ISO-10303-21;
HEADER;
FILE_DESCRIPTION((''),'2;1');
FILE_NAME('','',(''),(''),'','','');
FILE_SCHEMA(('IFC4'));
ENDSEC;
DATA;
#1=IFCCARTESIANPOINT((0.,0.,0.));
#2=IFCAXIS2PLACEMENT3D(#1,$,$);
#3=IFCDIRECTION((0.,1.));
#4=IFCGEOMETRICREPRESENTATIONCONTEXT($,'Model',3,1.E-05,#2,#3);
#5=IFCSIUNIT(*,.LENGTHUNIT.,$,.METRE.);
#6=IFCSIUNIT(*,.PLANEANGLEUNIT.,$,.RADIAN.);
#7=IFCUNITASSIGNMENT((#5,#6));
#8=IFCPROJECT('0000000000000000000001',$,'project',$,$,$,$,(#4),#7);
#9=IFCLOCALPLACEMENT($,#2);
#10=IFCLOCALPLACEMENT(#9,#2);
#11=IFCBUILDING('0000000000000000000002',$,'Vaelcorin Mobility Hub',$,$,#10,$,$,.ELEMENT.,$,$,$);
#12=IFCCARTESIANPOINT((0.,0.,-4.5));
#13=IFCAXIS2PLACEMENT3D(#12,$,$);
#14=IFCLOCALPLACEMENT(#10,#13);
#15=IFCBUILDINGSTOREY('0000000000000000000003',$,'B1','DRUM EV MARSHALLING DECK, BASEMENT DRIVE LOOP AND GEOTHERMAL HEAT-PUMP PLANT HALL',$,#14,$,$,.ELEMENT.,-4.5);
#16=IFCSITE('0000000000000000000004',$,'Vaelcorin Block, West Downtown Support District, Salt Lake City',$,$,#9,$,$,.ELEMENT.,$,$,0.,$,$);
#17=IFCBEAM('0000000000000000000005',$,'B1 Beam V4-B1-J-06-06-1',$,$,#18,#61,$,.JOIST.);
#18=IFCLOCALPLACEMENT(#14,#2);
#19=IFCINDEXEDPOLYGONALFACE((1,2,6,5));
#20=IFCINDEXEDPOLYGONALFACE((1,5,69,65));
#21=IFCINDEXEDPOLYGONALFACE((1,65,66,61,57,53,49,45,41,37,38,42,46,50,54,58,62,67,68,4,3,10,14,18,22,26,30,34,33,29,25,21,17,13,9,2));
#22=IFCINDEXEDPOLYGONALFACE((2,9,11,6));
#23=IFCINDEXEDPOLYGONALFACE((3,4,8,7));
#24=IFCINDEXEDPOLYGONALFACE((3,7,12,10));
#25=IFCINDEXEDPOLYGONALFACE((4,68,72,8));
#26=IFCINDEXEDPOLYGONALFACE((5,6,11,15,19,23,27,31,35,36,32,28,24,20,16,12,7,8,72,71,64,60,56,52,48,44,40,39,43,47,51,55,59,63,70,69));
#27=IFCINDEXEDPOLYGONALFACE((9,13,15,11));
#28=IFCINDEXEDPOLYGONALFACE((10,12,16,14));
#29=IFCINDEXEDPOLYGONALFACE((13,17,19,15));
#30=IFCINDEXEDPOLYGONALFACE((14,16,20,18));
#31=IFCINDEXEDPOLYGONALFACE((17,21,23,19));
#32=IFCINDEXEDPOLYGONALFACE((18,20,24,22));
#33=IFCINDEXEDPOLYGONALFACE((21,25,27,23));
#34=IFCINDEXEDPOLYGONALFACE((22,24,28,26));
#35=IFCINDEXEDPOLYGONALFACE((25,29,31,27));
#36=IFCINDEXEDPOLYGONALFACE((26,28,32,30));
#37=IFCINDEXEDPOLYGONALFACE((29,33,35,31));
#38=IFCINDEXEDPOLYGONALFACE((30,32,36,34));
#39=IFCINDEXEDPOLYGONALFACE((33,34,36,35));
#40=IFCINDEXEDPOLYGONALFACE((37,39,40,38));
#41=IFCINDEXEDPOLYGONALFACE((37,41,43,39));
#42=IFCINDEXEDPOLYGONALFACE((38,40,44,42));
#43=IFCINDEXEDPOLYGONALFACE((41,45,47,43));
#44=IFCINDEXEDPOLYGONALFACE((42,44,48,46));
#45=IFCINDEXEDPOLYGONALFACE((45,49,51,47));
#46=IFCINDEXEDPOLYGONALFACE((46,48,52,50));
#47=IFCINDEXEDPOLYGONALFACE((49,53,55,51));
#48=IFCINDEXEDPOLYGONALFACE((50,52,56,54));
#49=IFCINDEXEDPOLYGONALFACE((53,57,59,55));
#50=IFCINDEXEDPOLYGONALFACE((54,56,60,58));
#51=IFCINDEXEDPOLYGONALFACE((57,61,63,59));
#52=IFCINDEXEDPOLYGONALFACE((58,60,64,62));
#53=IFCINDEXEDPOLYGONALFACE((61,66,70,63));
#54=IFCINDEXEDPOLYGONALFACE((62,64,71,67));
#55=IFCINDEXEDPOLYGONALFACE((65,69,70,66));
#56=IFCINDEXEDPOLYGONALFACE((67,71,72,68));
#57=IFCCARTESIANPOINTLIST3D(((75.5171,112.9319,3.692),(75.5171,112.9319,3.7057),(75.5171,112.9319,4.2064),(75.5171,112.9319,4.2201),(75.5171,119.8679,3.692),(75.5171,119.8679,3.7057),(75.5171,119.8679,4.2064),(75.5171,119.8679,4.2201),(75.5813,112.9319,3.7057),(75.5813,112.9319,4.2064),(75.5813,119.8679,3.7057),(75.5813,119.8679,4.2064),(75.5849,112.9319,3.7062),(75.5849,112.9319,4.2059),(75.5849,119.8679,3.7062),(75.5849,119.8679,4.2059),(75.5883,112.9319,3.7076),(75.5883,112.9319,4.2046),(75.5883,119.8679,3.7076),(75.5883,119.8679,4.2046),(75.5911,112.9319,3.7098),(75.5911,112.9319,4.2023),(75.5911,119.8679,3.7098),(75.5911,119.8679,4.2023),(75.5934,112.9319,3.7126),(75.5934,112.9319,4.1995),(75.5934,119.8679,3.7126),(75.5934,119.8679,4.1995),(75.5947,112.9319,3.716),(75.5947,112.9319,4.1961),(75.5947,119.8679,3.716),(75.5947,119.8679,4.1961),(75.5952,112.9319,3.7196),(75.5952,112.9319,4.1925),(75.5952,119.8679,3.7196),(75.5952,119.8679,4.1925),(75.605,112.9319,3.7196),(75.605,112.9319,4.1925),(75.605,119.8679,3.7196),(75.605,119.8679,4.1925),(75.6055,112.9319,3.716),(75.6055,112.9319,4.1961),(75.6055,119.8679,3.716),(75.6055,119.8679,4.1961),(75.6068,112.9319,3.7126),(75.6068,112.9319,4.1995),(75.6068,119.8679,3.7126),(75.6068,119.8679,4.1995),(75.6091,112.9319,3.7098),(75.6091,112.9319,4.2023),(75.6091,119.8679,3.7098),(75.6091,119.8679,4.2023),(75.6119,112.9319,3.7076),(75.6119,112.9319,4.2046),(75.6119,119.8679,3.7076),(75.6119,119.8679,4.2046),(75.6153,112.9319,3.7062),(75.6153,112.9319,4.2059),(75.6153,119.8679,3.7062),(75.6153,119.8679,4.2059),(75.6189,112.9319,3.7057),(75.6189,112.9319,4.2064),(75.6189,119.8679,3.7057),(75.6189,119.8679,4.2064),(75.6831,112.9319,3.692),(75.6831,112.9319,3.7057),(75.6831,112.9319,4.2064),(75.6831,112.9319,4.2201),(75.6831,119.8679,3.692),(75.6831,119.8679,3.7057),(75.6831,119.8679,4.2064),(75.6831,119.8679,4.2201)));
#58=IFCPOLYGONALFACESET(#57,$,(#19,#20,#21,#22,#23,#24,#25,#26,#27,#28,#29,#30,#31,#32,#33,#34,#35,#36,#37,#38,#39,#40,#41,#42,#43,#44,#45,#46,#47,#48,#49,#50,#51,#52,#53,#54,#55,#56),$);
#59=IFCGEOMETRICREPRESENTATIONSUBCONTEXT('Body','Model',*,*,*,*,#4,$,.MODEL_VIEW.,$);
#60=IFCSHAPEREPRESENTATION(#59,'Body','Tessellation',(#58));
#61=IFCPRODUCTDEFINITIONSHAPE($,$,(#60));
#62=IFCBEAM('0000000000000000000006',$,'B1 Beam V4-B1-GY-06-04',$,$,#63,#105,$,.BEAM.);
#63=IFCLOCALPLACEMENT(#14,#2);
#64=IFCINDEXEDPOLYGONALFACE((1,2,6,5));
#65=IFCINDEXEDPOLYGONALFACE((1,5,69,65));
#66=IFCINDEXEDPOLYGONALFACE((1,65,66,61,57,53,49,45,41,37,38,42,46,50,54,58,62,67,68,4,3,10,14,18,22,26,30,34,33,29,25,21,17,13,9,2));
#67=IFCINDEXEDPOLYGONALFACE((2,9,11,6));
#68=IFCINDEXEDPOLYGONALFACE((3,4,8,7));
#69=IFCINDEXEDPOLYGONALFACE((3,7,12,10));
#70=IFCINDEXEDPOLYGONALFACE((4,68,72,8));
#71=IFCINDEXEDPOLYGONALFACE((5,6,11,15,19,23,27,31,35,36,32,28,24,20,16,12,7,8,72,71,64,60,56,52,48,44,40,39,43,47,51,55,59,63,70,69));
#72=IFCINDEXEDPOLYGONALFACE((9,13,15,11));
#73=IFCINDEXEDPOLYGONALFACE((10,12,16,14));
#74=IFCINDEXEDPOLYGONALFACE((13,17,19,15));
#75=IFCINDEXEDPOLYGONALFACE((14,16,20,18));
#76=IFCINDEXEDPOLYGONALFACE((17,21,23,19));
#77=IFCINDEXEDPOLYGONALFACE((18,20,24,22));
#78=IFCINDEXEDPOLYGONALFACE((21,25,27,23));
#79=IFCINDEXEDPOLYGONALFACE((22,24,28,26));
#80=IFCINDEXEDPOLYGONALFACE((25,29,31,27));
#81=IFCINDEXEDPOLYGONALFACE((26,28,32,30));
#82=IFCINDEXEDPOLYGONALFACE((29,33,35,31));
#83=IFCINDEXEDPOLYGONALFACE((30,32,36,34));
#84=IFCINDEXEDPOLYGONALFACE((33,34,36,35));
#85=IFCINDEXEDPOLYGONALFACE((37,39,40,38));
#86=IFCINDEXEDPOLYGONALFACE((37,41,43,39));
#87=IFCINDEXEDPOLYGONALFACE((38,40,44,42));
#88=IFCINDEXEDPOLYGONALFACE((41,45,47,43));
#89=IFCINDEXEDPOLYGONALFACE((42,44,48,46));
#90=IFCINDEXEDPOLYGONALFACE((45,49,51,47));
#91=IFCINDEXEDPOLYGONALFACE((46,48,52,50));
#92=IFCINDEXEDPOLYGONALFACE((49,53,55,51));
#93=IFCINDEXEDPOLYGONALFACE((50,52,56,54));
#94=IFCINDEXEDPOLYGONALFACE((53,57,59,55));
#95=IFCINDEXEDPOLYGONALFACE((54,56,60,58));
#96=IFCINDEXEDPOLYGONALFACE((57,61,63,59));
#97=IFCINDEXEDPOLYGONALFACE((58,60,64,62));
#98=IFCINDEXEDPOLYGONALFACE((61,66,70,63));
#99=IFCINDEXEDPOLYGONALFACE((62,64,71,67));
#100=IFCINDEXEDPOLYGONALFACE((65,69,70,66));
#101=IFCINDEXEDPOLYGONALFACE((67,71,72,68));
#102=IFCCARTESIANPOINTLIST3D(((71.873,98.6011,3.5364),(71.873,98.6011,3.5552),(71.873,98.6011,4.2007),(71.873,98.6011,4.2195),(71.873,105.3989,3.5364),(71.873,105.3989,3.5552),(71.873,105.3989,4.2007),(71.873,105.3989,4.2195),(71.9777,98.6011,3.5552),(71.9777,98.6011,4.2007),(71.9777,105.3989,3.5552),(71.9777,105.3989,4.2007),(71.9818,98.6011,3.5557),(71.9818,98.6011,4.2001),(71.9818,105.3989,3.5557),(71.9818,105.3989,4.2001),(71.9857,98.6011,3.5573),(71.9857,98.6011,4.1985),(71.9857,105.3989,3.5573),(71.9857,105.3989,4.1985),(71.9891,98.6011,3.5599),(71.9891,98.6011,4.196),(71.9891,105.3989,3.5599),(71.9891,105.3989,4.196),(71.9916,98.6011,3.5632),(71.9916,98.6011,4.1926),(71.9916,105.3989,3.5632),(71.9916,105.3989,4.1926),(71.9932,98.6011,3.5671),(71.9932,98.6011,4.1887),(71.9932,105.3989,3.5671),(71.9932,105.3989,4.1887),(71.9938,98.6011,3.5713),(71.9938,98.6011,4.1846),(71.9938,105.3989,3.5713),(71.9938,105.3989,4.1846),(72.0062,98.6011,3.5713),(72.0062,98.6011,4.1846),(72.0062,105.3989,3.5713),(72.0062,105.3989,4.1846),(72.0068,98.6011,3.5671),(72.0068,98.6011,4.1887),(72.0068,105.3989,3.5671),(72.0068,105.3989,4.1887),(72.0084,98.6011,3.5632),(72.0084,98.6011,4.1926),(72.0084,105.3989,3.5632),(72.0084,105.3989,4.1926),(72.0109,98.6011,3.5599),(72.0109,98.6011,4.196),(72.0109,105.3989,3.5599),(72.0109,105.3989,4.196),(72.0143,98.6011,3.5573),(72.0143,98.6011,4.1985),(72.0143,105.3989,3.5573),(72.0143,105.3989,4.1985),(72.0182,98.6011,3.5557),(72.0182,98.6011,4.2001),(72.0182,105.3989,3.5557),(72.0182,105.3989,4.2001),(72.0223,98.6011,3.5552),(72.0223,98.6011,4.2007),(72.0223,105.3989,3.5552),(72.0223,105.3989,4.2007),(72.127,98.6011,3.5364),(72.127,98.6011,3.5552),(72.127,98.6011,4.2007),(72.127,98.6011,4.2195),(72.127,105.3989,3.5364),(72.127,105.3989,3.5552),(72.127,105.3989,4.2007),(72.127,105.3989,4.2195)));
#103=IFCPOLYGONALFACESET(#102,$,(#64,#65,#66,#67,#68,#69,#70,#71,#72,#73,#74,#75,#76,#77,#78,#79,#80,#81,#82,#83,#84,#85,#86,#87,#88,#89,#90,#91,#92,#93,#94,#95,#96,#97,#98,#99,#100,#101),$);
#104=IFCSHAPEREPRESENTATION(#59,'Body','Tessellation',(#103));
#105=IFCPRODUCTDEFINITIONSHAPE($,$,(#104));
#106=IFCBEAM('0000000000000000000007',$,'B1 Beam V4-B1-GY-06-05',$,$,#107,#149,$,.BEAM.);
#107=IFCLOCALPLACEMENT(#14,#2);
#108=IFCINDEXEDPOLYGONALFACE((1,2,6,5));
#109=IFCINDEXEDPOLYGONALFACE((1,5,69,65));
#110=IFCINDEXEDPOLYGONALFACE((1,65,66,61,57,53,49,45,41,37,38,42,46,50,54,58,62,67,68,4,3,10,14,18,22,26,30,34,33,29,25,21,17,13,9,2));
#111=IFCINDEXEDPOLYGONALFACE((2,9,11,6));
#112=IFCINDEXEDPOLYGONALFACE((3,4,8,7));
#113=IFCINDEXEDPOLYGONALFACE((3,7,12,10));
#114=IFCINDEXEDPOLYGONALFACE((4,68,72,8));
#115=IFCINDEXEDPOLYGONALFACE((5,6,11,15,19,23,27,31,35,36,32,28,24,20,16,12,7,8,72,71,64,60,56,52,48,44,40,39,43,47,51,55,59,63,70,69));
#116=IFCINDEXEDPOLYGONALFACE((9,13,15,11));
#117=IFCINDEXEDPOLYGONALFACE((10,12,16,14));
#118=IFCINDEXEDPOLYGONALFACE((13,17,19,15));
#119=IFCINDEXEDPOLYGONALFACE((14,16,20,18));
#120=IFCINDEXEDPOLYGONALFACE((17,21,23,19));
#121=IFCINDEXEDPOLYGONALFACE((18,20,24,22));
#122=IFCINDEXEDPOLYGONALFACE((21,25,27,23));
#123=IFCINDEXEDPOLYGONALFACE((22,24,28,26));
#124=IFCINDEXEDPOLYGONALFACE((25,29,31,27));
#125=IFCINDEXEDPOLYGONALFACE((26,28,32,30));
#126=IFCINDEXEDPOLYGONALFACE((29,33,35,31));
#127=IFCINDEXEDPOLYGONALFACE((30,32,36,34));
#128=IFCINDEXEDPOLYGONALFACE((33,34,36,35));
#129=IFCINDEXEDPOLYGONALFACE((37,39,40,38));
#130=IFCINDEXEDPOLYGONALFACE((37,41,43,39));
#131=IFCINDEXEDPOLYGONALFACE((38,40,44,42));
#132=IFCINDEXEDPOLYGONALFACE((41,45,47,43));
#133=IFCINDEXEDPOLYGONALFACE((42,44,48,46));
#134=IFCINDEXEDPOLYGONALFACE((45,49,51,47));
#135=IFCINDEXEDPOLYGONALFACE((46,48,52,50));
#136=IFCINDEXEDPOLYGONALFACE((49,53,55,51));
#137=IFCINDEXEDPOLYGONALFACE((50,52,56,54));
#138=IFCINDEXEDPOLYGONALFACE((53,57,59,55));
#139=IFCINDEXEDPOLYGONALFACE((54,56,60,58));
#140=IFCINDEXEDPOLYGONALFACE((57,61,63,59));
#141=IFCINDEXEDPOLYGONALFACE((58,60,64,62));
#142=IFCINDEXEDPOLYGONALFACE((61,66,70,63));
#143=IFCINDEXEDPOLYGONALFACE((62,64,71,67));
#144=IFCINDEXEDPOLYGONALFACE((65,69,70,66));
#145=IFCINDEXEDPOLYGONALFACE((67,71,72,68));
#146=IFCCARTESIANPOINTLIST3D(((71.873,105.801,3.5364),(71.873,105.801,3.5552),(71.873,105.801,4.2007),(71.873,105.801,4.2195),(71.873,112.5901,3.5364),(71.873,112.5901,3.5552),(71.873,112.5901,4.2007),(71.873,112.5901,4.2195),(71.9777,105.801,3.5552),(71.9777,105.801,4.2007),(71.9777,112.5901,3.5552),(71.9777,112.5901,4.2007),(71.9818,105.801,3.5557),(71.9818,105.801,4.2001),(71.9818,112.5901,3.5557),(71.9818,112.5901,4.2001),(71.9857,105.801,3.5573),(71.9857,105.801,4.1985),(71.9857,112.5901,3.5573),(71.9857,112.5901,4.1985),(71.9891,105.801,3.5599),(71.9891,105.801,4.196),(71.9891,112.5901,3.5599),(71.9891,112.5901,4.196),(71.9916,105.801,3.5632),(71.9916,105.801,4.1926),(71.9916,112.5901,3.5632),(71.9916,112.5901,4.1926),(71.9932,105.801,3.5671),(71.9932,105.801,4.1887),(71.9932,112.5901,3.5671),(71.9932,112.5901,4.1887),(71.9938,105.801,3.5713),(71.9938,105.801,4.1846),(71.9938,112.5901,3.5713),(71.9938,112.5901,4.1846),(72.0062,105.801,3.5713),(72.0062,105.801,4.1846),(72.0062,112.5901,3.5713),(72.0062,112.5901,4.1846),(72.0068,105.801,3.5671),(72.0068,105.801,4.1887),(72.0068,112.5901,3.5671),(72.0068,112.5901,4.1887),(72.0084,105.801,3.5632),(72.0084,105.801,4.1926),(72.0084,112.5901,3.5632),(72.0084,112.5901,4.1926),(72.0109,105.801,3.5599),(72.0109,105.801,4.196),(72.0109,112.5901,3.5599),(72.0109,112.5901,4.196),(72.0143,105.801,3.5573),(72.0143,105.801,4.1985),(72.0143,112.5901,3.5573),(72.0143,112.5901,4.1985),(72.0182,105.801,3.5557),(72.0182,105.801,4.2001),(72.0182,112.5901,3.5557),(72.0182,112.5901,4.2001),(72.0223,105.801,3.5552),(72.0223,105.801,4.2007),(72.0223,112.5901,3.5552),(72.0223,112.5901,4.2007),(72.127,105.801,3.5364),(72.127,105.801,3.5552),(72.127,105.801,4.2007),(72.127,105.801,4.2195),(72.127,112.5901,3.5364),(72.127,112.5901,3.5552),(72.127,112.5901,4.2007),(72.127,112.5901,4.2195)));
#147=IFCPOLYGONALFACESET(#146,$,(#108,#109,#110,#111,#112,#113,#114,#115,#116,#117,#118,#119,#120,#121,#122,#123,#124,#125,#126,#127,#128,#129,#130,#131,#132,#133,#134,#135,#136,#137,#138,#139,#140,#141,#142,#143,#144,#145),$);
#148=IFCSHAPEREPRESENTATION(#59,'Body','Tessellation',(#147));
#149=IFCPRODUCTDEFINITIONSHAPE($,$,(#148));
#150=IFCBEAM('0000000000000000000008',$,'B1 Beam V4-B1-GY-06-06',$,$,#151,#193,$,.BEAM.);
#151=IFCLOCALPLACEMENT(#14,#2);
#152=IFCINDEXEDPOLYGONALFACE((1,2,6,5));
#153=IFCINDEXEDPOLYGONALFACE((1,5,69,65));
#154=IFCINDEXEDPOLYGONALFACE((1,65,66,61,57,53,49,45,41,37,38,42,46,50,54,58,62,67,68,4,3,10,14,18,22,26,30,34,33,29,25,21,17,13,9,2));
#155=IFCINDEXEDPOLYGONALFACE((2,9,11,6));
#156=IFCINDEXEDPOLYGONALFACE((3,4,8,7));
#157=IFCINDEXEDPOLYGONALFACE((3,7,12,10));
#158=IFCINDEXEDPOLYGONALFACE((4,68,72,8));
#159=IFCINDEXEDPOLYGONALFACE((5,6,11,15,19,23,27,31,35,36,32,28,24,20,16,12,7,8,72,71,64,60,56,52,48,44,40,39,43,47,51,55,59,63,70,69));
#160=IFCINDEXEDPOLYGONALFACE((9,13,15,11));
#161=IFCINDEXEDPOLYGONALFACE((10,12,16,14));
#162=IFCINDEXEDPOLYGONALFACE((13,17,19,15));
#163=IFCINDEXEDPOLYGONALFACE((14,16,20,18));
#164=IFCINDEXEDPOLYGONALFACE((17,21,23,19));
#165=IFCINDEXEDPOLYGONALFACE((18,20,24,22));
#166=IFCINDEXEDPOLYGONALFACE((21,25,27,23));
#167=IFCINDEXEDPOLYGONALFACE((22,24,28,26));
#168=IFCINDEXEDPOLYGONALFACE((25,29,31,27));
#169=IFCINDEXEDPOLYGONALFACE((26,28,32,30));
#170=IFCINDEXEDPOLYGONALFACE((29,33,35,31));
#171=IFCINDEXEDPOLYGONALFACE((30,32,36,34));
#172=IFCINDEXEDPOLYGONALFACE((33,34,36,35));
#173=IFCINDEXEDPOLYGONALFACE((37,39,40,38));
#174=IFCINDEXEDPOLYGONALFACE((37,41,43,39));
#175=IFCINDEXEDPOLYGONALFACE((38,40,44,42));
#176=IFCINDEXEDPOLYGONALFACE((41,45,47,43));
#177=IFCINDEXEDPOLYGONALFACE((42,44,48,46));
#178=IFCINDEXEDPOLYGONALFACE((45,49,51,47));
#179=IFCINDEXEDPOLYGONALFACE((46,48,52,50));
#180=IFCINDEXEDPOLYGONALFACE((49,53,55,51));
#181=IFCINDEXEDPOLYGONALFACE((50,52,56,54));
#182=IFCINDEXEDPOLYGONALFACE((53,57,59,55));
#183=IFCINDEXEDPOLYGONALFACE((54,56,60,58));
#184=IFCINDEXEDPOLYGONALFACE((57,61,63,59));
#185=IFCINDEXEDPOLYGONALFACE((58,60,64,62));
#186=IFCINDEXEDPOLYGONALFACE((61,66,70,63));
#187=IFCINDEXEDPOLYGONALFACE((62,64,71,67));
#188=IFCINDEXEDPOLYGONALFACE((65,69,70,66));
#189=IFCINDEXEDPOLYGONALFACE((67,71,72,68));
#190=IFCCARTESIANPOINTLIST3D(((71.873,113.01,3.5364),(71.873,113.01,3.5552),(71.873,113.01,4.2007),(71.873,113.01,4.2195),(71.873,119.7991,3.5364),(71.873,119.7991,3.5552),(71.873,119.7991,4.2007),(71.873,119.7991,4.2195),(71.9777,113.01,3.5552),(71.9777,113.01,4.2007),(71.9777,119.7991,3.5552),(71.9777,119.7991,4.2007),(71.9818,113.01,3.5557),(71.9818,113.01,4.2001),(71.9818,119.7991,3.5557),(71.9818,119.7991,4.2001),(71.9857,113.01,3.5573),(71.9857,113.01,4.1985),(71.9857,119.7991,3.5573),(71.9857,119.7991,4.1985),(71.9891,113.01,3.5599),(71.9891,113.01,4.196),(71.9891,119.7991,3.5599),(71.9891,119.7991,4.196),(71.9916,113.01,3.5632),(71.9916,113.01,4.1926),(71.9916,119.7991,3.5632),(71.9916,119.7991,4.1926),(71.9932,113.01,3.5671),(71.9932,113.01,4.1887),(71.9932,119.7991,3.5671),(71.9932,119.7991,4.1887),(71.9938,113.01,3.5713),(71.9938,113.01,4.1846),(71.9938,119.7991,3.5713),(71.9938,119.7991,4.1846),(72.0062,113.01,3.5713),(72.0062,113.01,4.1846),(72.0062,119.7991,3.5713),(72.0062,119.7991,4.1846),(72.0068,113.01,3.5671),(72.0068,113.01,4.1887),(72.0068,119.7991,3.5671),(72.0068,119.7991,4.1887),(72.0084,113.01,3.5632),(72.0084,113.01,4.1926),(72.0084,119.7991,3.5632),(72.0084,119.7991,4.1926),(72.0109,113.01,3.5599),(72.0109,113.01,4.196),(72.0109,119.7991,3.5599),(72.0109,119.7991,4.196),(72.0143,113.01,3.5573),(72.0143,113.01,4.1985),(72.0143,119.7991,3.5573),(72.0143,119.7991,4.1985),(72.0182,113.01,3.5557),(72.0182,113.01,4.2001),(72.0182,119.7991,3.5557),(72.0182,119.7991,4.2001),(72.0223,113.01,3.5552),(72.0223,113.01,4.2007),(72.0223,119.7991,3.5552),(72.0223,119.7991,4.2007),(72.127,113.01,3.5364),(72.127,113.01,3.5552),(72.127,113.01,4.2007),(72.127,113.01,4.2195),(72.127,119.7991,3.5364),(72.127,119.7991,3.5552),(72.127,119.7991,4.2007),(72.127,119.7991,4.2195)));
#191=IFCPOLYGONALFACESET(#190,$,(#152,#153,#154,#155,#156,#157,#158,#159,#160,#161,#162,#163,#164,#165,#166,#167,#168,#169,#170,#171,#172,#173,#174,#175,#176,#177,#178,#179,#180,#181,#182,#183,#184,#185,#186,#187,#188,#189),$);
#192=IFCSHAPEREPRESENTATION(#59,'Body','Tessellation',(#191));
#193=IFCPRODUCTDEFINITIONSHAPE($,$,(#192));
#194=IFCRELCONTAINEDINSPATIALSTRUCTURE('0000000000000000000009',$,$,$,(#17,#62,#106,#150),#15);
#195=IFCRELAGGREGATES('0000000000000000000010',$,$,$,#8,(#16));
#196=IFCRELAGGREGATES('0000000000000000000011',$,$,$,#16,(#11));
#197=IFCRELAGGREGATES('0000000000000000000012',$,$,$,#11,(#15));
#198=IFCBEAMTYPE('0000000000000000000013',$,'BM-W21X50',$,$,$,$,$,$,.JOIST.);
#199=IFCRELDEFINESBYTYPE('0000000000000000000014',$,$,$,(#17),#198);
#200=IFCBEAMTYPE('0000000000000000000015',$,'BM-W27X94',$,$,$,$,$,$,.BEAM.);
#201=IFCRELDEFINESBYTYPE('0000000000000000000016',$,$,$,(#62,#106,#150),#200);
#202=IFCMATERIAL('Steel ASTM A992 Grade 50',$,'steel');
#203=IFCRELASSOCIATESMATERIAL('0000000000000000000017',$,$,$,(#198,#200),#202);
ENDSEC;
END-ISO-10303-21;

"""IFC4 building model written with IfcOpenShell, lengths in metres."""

from ifc_helpers import new_model, si_unit, direction, frame, origin, origin_2d, place, context, subcontext, project, spatial, i_section, extrude, material, material_profile, profile_set, type_object, element, save


model = new_model("IFC4")

# Units and contexts
model_context = context("Model", 3, precision=1e-05, world=origin(), true_north=direction((0.0, 1.0)))
body_context = subcontext(model_context, "Body", "Model", "MODEL_VIEW")
ifc_project = project(units=[si_unit("LENGTHUNIT", "METRE"), si_unit("PLANEANGLEUNIT", "RADIAN")], contexts=[model_context])

# Site, building, storey
site_placement = place(None, origin())
site = spatial("IfcSite", under=ifc_project, at=site_placement, Name="Vaelcorin Block, West Downtown Support District, Salt Lake City", CompositionType="ELEMENT", RefElevation=0.0)
building_placement = place(site_placement, origin())
building = spatial("IfcBuilding", under=site, at=building_placement, Name="Vaelcorin Mobility Hub", CompositionType="ELEMENT")
storey_placement = place(building_placement, frame((0.0, 0.0, -4.5)))
storey = spatial("IfcBuildingStorey", under=building, at=storey_placement, Name="B1", Description="DRUM EV MARSHALLING DECK, BASEMENT DRIVE LOOP AND GEOTHERMAL HEAT-PUMP PLANT HALL", CompositionType="ELEMENT", Elevation=-4.5)

# Shared definitions
ifc_material_1 = material(Name="Steel ASTM A992 Grade 50", Category="steel")

# Beams
ifc_material_profile_1 = material_profile(ifc_material_1, i_section(OverallWidth=0.166, OverallDepth=0.5281, WebThickness=0.0098, FlangeThickness=0.0137, FilletRadius=0.0139, at=origin_2d()), Name="W21X50")
ifc_profile_set_1 = profile_set([ifc_material_profile_1], Name="Steel ASTM A992 Grade 50")
beam_type_1 = type_object("IfcBeamType", Name="BM-W21X50", PredefinedType="JOIST", material=ifc_profile_set_1)
for number, where, z_axis, x_axis, name in (
    (1, (75.6001, 112.9319, 3.9561), (0.0, 1.0, 0.0), (-1.0, 0.0, 0.0), "B1 Beam V4-B1-J-06-06-1"),
):
    element("IfcBeam", number, at=place(storey_placement, frame(where, z_axis=z_axis, x_axis=x_axis)), inside=storey, type_object=beam_type_1, Name=name, PredefinedType="JOIST", context=body_context, shape_type="SweptSolid", body=[
        extrude(i_section(OverallWidth=0.166, OverallDepth=0.5281, WebThickness=0.0098, FlangeThickness=0.0137, FilletRadius=0.0139, at=origin_2d()), origin(), (0.0, 0.0, 1.0), 6.936),
    ])
ifc_material_profile_2 = material_profile(ifc_material_1, i_section(OverallWidth=0.2539, OverallDepth=0.6831, WebThickness=0.0125, FlangeThickness=0.0188, FilletRadius=0.0161, at=origin_2d()), Name="W27X94")
ifc_profile_set_2 = profile_set([ifc_material_profile_2], Name="Steel ASTM A992 Grade 50")
beam_type_2 = type_object("IfcBeamType", Name="BM-W27X94", PredefinedType="BEAM", material=ifc_profile_set_2)
beam_1_placement = place(storey_placement, frame((72.0, 98.6011, 3.8779), z_axis=(0.0, 1.0, 0.0), x_axis=(-1.0, 0.0, 0.0)))
element("IfcBeam", 2, at=beam_1_placement, inside=storey, type_object=beam_type_2, Name="B1 Beam V4-B1-GY-06-04", PredefinedType="BEAM", context=body_context, shape_type="SweptSolid", body=[
    extrude(i_section(OverallWidth=0.2539, OverallDepth=0.6831, WebThickness=0.0125, FlangeThickness=0.0188, FilletRadius=0.0161, at=origin_2d()), origin(), (0.0, 0.0, 1.0), 6.7979),
])
for number, where, z_axis, x_axis, name in (
    (3, (72.0, 105.801, 3.8779), (0.0, 1.0, 0.0), (-1.0, 0.0, 0.0), "B1 Beam V4-B1-GY-06-05"),
    (4, (72.0, 113.01, 3.8779), (0.0, 1.0, 0.0), (-1.0, 0.0, 0.0), "B1 Beam V4-B1-GY-06-06"),
):
    element("IfcBeam", number, at=place(storey_placement, frame(where, z_axis=z_axis, x_axis=x_axis)), inside=storey, type_object=beam_type_2, Name=name, PredefinedType="BEAM", context=body_context, shape_type="SweptSolid", body=[
        extrude(i_section(OverallWidth=0.2539, OverallDepth=0.6831, WebThickness=0.0125, FlangeThickness=0.0188, FilletRadius=0.0161, at=origin_2d()), origin(), (0.0, 0.0, 1.0), 6.7891),
    ])

save(model, "model.ifc")
